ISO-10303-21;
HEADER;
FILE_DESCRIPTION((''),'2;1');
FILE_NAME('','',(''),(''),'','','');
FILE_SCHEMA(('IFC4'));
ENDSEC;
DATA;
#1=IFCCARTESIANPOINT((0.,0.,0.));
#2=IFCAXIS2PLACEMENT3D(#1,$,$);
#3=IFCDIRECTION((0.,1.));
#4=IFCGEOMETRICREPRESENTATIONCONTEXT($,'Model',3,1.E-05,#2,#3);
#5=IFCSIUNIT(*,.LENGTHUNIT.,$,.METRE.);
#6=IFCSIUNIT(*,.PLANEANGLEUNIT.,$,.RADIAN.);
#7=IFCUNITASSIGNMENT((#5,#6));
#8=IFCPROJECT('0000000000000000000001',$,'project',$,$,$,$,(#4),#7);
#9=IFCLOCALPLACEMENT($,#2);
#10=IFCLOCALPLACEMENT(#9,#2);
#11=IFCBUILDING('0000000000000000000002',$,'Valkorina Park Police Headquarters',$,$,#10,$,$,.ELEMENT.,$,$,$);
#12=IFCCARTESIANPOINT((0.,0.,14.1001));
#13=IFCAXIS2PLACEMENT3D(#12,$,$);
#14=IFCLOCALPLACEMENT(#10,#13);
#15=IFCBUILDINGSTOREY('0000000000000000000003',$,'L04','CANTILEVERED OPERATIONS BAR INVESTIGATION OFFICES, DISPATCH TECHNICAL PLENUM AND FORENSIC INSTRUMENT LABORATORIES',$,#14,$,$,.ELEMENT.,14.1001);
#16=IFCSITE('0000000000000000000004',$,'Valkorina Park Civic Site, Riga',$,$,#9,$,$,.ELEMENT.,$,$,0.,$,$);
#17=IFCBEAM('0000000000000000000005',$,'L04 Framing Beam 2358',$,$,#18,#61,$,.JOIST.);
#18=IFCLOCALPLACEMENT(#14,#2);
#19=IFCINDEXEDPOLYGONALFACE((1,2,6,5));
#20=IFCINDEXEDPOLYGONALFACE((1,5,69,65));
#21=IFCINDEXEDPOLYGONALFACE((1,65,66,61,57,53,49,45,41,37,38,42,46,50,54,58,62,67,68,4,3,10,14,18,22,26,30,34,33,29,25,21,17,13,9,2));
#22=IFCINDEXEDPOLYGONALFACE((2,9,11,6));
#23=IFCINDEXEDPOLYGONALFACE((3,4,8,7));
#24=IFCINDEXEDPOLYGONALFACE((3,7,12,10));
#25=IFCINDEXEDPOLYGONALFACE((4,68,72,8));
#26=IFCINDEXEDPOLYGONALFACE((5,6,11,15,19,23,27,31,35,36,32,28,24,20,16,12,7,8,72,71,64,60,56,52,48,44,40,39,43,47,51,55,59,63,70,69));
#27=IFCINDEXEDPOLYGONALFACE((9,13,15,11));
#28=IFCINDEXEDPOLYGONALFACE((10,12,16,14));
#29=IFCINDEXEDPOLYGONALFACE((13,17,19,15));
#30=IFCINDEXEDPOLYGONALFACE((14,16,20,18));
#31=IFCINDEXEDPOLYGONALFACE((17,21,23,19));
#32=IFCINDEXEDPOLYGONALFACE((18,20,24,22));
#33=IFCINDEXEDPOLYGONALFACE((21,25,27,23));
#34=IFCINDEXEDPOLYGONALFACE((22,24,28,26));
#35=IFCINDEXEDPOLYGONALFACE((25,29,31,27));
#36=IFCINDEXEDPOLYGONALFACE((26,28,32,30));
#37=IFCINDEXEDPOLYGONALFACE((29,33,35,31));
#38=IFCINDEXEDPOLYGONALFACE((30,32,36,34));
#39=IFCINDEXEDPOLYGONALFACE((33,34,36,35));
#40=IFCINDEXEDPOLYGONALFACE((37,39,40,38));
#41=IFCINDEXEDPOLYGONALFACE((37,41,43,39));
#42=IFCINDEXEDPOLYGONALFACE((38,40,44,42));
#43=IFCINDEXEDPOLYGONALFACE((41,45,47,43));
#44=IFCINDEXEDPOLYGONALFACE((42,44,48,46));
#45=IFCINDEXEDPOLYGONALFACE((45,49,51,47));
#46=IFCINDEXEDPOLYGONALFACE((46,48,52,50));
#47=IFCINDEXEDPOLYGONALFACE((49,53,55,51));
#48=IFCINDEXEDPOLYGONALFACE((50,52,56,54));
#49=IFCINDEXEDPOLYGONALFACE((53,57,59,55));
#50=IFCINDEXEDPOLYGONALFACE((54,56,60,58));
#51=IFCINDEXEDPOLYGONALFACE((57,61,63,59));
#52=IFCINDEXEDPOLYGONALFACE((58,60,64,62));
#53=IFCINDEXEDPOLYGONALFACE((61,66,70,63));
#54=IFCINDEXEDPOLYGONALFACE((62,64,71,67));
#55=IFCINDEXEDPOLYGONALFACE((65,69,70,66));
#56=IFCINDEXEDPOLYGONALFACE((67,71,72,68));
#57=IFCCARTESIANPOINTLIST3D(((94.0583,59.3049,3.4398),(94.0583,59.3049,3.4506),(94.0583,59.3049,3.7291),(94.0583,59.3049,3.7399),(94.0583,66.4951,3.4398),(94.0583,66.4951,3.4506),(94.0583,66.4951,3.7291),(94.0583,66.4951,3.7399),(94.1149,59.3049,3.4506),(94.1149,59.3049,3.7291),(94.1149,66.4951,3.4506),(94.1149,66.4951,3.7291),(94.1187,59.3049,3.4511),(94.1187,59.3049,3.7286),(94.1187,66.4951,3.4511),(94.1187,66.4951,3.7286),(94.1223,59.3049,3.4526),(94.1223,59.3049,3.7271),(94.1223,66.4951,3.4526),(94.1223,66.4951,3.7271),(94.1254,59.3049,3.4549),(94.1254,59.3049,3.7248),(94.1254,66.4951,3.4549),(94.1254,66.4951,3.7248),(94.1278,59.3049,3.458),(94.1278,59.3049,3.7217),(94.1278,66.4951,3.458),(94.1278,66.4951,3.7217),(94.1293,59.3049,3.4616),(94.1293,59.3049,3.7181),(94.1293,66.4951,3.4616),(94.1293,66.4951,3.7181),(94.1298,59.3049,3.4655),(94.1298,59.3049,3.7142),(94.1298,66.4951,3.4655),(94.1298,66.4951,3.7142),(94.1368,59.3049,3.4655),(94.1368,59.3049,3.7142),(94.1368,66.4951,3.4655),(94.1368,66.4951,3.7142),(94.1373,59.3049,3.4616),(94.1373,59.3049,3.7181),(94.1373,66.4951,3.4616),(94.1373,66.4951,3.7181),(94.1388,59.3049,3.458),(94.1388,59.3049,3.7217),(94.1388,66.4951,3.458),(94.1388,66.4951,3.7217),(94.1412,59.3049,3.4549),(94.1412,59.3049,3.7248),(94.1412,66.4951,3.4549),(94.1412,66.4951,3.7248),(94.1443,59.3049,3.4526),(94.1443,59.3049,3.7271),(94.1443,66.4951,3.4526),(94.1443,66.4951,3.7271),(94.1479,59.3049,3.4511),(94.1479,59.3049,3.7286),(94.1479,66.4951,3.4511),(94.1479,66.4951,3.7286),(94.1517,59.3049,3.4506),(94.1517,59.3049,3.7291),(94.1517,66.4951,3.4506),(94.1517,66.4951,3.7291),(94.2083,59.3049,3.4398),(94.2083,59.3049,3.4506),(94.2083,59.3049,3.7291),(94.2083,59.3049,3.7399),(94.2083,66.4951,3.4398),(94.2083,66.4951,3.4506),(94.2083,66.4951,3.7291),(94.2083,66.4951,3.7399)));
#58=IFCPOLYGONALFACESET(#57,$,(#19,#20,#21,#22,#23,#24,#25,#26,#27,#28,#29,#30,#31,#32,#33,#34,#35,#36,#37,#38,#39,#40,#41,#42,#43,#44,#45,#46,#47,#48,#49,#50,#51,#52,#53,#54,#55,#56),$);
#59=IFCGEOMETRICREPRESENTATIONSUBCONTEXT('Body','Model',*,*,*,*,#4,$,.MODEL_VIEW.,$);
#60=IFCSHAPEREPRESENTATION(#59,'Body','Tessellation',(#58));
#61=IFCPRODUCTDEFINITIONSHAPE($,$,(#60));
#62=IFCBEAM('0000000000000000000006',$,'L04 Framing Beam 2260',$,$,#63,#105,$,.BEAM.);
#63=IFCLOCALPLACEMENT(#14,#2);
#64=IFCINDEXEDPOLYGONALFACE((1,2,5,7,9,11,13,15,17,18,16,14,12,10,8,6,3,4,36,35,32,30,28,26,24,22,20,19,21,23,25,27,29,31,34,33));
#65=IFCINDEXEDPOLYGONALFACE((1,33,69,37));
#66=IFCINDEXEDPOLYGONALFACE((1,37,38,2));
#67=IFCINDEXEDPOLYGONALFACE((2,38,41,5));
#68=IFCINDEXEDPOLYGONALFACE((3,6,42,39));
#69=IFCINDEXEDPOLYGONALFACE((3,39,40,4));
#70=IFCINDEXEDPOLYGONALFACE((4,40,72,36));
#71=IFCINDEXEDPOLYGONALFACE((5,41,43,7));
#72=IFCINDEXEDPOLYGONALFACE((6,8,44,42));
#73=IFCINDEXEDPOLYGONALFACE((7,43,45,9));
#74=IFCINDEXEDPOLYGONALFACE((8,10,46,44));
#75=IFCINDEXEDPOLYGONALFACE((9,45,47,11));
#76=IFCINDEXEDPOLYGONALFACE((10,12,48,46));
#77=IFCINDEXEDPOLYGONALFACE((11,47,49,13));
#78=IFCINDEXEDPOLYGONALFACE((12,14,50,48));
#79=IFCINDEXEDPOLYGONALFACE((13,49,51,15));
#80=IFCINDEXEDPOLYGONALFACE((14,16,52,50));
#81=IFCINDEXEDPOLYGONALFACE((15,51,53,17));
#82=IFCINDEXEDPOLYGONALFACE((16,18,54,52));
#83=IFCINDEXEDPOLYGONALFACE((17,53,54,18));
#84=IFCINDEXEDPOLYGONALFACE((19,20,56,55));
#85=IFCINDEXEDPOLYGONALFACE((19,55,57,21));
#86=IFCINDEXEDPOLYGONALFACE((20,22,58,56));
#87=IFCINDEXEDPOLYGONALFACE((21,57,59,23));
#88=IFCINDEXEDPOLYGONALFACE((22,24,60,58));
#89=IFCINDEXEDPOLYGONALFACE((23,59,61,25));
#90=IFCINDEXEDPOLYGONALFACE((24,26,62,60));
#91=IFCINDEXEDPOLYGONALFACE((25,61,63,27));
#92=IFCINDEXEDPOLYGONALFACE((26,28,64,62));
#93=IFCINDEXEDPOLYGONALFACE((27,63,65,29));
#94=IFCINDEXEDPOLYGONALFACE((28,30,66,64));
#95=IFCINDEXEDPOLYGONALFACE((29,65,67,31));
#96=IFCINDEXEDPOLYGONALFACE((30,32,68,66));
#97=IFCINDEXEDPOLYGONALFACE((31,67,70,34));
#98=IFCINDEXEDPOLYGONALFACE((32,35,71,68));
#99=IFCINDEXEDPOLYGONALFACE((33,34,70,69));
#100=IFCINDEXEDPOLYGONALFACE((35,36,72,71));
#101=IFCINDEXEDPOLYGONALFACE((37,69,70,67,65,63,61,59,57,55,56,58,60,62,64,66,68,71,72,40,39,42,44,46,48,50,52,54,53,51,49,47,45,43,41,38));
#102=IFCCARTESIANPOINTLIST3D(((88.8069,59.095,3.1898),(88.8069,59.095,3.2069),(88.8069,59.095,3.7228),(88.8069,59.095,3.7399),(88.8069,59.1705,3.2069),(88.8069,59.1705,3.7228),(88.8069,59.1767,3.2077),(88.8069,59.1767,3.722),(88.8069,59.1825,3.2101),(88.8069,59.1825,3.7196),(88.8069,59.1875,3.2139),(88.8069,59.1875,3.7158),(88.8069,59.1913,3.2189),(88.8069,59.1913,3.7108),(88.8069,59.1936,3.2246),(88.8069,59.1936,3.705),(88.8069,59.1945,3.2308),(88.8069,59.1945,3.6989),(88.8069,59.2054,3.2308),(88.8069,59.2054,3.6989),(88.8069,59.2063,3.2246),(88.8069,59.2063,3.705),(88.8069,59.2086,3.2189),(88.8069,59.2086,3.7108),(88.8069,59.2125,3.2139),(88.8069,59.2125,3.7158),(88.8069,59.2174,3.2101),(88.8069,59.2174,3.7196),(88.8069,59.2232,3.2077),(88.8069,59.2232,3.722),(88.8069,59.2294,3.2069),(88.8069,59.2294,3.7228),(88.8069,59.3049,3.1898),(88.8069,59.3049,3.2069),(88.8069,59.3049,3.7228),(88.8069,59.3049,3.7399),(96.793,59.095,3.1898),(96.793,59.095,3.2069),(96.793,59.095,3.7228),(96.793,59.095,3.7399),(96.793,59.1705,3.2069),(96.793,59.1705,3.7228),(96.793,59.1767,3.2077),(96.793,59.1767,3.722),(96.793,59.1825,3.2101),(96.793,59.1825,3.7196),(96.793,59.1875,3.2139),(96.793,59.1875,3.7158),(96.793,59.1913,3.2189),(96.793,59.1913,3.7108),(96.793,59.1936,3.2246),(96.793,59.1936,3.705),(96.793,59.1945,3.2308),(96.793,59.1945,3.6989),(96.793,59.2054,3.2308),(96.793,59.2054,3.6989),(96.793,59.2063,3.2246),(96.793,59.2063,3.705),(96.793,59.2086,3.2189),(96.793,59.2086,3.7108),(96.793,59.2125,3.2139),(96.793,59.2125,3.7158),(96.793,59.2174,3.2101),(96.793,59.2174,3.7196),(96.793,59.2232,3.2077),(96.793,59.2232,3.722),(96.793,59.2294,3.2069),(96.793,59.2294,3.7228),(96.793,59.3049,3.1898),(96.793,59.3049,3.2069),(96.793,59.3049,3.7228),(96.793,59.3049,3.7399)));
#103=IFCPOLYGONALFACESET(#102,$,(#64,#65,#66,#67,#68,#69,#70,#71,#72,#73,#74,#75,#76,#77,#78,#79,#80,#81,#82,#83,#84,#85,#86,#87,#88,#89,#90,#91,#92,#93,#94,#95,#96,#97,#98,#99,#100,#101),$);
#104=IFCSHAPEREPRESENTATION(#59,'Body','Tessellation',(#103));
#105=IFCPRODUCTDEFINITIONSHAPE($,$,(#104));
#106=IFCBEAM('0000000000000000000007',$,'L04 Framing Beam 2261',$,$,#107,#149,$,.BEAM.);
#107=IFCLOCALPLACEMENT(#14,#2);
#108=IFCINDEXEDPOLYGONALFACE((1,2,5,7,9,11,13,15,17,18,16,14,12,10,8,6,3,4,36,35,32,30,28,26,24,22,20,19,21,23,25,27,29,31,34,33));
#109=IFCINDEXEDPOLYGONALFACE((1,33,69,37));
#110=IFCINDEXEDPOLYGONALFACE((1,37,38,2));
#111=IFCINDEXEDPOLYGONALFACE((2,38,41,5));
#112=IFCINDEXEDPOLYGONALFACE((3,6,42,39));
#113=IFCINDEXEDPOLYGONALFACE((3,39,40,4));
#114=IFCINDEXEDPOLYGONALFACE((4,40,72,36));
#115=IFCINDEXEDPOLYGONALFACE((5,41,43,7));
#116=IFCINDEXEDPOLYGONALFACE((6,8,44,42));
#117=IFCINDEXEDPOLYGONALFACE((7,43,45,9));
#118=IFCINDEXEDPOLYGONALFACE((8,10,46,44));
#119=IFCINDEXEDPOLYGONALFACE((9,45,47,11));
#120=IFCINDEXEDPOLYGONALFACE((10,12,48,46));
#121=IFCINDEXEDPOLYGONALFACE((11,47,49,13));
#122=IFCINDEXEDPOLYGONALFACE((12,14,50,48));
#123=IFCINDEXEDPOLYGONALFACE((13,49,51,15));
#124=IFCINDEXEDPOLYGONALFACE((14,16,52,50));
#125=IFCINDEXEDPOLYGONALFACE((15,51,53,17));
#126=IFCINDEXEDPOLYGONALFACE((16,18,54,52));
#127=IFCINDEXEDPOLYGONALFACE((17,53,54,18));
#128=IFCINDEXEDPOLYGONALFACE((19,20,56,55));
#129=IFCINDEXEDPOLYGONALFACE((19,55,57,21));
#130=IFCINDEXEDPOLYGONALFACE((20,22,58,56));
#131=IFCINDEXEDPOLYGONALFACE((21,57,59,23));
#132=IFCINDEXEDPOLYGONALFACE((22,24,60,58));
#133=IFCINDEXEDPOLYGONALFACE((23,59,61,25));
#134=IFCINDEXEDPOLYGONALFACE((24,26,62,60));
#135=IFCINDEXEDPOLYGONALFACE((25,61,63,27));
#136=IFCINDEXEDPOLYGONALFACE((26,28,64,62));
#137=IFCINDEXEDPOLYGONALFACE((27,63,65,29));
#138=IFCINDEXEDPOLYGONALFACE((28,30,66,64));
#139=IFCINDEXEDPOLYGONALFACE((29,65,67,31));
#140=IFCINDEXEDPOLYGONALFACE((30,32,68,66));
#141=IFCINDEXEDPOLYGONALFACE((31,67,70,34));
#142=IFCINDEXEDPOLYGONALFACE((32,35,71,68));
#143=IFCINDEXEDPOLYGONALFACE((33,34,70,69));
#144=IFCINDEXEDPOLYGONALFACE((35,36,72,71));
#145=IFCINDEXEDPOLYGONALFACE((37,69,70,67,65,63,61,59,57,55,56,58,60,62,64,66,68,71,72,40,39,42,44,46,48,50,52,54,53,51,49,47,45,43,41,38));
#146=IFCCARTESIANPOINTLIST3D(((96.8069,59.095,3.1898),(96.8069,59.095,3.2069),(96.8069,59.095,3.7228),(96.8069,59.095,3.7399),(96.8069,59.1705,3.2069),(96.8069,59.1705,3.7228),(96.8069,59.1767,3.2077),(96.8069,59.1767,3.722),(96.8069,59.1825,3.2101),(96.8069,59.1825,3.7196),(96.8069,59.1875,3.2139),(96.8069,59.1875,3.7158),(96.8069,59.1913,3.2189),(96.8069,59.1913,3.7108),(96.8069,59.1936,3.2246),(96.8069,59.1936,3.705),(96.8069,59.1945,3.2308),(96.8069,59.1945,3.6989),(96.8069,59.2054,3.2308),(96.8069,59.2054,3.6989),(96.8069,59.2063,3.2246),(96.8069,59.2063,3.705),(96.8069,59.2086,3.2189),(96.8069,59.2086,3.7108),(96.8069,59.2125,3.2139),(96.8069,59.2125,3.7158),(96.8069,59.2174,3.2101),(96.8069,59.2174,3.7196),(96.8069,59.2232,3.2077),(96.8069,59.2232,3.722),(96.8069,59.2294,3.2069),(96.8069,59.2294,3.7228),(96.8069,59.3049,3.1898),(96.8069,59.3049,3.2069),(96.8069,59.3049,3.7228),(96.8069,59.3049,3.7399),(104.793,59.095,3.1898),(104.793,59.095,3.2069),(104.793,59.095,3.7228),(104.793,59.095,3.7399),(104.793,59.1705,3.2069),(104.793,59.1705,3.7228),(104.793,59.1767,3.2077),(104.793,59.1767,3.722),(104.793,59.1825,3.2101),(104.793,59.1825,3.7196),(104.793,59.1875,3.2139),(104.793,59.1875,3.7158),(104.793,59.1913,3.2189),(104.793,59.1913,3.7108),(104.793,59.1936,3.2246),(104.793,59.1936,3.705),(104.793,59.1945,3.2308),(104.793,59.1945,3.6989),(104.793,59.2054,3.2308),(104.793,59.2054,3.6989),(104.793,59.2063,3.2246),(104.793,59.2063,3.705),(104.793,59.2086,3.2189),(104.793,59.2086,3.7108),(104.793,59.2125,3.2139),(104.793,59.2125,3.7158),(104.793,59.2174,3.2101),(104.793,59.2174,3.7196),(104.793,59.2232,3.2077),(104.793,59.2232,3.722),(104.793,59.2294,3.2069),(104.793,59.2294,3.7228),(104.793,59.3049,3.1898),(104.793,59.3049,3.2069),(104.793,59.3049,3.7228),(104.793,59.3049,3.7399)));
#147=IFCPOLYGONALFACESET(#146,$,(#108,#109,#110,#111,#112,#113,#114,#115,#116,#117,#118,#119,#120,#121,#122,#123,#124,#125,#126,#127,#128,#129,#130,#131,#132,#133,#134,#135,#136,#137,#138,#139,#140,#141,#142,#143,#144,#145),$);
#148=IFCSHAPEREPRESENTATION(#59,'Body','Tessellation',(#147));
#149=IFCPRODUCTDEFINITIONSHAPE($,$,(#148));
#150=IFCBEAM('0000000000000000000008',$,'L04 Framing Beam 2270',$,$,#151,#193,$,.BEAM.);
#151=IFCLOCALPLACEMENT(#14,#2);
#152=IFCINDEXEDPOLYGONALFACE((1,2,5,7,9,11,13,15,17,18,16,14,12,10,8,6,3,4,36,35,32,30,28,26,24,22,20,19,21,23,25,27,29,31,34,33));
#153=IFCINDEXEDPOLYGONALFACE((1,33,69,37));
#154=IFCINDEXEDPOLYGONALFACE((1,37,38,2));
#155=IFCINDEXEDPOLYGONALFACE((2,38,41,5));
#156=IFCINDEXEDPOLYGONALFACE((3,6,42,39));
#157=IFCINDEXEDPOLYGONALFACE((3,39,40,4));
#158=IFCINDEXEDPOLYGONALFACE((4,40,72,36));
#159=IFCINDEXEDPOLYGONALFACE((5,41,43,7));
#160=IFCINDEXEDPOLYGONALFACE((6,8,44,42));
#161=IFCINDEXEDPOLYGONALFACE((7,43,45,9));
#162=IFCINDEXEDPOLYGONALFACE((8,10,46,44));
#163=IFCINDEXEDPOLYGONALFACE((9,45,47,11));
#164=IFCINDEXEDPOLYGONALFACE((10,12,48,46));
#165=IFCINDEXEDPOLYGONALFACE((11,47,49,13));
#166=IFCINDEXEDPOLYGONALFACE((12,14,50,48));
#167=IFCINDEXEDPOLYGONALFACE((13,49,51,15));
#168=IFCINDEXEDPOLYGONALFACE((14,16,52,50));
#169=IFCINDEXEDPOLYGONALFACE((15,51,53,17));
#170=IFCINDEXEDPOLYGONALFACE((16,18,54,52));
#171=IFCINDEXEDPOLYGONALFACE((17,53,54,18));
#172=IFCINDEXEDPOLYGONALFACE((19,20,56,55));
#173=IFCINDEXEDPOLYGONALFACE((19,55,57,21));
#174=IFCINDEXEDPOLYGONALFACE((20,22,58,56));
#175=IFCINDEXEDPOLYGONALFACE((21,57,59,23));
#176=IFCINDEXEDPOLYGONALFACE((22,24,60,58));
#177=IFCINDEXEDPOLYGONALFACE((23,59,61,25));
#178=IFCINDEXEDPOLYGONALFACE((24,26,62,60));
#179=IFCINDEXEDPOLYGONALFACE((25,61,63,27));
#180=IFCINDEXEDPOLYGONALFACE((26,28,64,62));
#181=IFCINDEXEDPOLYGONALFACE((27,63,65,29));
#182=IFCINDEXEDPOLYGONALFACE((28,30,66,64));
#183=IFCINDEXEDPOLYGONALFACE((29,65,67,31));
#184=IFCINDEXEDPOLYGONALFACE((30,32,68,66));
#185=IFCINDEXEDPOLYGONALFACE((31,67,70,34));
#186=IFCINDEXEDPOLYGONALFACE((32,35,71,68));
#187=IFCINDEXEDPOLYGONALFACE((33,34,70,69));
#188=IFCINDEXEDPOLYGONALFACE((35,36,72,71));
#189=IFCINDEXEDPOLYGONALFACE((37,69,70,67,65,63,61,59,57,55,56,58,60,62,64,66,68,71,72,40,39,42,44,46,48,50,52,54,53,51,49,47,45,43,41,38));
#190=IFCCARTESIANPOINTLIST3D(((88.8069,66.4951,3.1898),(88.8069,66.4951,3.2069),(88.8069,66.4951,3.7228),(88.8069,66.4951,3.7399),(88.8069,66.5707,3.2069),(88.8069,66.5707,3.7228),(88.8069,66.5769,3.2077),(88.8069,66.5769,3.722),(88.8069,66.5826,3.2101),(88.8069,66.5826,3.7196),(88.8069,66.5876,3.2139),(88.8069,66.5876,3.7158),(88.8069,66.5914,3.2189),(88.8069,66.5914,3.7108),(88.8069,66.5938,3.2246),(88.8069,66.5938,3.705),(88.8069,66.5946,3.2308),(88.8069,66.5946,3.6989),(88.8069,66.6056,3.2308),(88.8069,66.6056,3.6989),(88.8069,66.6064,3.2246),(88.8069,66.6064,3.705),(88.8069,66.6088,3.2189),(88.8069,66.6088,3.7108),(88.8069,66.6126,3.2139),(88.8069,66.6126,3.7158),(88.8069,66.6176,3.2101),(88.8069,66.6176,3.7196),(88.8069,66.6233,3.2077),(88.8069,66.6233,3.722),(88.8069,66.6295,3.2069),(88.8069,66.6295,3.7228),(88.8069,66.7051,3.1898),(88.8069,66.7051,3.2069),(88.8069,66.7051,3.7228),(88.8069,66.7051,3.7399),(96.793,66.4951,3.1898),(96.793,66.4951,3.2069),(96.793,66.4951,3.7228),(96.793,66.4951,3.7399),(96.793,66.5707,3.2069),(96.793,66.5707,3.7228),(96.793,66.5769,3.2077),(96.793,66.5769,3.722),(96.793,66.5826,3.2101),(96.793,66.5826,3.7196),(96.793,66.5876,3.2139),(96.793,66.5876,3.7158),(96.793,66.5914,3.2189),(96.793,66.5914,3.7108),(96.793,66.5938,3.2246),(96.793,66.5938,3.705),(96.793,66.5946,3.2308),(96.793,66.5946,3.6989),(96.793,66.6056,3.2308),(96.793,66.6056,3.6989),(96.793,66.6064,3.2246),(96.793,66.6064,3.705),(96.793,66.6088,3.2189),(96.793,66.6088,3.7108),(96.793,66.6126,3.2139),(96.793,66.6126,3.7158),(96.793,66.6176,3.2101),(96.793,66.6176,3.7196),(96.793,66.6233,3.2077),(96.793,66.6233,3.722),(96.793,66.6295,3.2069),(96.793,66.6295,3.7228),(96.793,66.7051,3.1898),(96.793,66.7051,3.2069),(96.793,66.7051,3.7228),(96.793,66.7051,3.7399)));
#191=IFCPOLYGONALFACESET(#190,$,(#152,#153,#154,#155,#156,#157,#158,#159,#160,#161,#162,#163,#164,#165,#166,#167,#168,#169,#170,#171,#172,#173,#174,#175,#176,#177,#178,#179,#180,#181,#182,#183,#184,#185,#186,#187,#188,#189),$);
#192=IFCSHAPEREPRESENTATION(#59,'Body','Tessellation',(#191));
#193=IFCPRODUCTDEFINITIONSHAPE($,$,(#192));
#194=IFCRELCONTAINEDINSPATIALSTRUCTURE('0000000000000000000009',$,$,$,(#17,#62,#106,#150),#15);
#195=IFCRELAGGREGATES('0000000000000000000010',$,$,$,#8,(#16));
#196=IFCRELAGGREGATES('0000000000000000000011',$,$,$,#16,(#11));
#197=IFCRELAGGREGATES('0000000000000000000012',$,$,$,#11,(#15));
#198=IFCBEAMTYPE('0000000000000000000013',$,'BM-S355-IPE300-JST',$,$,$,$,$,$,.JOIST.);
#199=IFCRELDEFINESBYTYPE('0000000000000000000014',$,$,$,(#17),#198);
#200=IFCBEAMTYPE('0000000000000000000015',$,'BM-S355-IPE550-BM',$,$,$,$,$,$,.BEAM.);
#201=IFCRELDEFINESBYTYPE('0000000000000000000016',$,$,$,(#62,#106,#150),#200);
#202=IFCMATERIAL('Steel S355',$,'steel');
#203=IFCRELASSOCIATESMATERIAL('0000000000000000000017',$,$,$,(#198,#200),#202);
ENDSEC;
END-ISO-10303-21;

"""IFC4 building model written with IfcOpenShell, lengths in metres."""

from ifc_helpers import new_model, si_unit, direction, frame, origin, origin_2d, place, context, subcontext, project, spatial, i_section, extrude, material, material_profile, profile_set, type_object, element, save


model = new_model("IFC4")

# Units and contexts
model_context = context("Model", 3, precision=1e-05, world=origin(), true_north=direction((0.0, 1.0)))
body_context = subcontext(model_context, "Body", "Model", "MODEL_VIEW")
ifc_project = project(units=[si_unit("LENGTHUNIT", "METRE"), si_unit("PLANEANGLEUNIT", "RADIAN")], contexts=[model_context])

# Site, building, storey
site_placement = place(None, origin())
site = spatial("IfcSite", under=ifc_project, at=site_placement, Name="Valkorina Park Civic Site, Riga", CompositionType="ELEMENT", RefElevation=0.0)
building_placement = place(site_placement, origin())
building = spatial("IfcBuilding", under=site, at=building_placement, Name="Valkorina Park Police Headquarters", CompositionType="ELEMENT")
storey_placement = place(building_placement, frame((0.0, 0.0, 14.1001)))
storey = spatial("IfcBuildingStorey", under=building, at=storey_placement, Name="L04", Description="CANTILEVERED OPERATIONS BAR INVESTIGATION OFFICES, DISPATCH TECHNICAL PLENUM AND FORENSIC INSTRUMENT LABORATORIES", CompositionType="ELEMENT", Elevation=14.1001)

# Shared definitions
ifc_material_1 = material(Name="Steel S355", Category="steel")

# Beams
ifc_material_profile_1 = material_profile(ifc_material_1, i_section(OverallWidth=0.1499, OverallDepth=0.3, WebThickness=0.0071, FlangeThickness=0.0107, FilletRadius=0.0149, at=origin_2d()), Name="IPE 300")
ifc_profile_set_1 = profile_set([ifc_material_profile_1], Name="Steel S355")
beam_type_1 = type_object("IfcBeamType", Name="BM-S355-IPE300-JST", PredefinedType="JOIST", material=ifc_profile_set_1)
for number, where, z_axis, x_axis, name in (
    (1, (94.1333, 59.3049, 3.5898), (0.0, 1.0, 0.0), (-1.0, 0.0, 0.0), "L04 Framing Beam 2358"),
):
    element("IfcBeam", number, at=place(storey_placement, frame(where, z_axis=z_axis, x_axis=x_axis)), inside=storey, type_object=beam_type_1, Name=name, PredefinedType="JOIST", context=body_context, shape_type="SweptSolid", body=[
        extrude(i_section(OverallWidth=0.1499, OverallDepth=0.3, WebThickness=0.0071, FlangeThickness=0.0107, FilletRadius=0.0149, at=origin_2d()), origin(), (0.0, 0.0, 1.0), 7.1902),
    ])
ifc_material_profile_2 = material_profile(ifc_material_1, i_section(OverallWidth=0.21, OverallDepth=0.55, WebThickness=0.011, FlangeThickness=0.0171, FilletRadius=0.0239, at=origin_2d()), Name="IPE 550")
ifc_profile_set_2 = profile_set([ifc_material_profile_2], Name="Steel S355")
beam_type_2 = type_object("IfcBeamType", Name="BM-S355-IPE550-BM", PredefinedType="BEAM", material=ifc_profile_set_2)
for number, where, z_axis, x_axis, name in (
    (2, (88.8069, 59.2, 3.4648), (1.0, 0.0, 0.0), (0.0, 1.0, 0.0), "L04 Framing Beam 2260"),
    (3, (96.8069, 59.2, 3.4648), (1.0, 0.0, 0.0), (0.0, 1.0, 0.0), "L04 Framing Beam 2261"),
    (4, (88.8069, 66.6001, 3.4648), (1.0, 0.0, 0.0), (0.0, 1.0, 0.0), "L04 Framing Beam 2270"),
):
    element("IfcBeam", number, at=place(storey_placement, frame(where, z_axis=z_axis, x_axis=x_axis)), inside=storey, type_object=beam_type_2, Name=name, PredefinedType="BEAM", context=body_context, shape_type="SweptSolid", body=[
        extrude(i_section(OverallWidth=0.21, OverallDepth=0.55, WebThickness=0.011, FlangeThickness=0.0171, FilletRadius=0.0239, at=origin_2d()), origin(), (0.0, 0.0, 1.0), 7.9861),
    ])

save(model, "model.ifc")
